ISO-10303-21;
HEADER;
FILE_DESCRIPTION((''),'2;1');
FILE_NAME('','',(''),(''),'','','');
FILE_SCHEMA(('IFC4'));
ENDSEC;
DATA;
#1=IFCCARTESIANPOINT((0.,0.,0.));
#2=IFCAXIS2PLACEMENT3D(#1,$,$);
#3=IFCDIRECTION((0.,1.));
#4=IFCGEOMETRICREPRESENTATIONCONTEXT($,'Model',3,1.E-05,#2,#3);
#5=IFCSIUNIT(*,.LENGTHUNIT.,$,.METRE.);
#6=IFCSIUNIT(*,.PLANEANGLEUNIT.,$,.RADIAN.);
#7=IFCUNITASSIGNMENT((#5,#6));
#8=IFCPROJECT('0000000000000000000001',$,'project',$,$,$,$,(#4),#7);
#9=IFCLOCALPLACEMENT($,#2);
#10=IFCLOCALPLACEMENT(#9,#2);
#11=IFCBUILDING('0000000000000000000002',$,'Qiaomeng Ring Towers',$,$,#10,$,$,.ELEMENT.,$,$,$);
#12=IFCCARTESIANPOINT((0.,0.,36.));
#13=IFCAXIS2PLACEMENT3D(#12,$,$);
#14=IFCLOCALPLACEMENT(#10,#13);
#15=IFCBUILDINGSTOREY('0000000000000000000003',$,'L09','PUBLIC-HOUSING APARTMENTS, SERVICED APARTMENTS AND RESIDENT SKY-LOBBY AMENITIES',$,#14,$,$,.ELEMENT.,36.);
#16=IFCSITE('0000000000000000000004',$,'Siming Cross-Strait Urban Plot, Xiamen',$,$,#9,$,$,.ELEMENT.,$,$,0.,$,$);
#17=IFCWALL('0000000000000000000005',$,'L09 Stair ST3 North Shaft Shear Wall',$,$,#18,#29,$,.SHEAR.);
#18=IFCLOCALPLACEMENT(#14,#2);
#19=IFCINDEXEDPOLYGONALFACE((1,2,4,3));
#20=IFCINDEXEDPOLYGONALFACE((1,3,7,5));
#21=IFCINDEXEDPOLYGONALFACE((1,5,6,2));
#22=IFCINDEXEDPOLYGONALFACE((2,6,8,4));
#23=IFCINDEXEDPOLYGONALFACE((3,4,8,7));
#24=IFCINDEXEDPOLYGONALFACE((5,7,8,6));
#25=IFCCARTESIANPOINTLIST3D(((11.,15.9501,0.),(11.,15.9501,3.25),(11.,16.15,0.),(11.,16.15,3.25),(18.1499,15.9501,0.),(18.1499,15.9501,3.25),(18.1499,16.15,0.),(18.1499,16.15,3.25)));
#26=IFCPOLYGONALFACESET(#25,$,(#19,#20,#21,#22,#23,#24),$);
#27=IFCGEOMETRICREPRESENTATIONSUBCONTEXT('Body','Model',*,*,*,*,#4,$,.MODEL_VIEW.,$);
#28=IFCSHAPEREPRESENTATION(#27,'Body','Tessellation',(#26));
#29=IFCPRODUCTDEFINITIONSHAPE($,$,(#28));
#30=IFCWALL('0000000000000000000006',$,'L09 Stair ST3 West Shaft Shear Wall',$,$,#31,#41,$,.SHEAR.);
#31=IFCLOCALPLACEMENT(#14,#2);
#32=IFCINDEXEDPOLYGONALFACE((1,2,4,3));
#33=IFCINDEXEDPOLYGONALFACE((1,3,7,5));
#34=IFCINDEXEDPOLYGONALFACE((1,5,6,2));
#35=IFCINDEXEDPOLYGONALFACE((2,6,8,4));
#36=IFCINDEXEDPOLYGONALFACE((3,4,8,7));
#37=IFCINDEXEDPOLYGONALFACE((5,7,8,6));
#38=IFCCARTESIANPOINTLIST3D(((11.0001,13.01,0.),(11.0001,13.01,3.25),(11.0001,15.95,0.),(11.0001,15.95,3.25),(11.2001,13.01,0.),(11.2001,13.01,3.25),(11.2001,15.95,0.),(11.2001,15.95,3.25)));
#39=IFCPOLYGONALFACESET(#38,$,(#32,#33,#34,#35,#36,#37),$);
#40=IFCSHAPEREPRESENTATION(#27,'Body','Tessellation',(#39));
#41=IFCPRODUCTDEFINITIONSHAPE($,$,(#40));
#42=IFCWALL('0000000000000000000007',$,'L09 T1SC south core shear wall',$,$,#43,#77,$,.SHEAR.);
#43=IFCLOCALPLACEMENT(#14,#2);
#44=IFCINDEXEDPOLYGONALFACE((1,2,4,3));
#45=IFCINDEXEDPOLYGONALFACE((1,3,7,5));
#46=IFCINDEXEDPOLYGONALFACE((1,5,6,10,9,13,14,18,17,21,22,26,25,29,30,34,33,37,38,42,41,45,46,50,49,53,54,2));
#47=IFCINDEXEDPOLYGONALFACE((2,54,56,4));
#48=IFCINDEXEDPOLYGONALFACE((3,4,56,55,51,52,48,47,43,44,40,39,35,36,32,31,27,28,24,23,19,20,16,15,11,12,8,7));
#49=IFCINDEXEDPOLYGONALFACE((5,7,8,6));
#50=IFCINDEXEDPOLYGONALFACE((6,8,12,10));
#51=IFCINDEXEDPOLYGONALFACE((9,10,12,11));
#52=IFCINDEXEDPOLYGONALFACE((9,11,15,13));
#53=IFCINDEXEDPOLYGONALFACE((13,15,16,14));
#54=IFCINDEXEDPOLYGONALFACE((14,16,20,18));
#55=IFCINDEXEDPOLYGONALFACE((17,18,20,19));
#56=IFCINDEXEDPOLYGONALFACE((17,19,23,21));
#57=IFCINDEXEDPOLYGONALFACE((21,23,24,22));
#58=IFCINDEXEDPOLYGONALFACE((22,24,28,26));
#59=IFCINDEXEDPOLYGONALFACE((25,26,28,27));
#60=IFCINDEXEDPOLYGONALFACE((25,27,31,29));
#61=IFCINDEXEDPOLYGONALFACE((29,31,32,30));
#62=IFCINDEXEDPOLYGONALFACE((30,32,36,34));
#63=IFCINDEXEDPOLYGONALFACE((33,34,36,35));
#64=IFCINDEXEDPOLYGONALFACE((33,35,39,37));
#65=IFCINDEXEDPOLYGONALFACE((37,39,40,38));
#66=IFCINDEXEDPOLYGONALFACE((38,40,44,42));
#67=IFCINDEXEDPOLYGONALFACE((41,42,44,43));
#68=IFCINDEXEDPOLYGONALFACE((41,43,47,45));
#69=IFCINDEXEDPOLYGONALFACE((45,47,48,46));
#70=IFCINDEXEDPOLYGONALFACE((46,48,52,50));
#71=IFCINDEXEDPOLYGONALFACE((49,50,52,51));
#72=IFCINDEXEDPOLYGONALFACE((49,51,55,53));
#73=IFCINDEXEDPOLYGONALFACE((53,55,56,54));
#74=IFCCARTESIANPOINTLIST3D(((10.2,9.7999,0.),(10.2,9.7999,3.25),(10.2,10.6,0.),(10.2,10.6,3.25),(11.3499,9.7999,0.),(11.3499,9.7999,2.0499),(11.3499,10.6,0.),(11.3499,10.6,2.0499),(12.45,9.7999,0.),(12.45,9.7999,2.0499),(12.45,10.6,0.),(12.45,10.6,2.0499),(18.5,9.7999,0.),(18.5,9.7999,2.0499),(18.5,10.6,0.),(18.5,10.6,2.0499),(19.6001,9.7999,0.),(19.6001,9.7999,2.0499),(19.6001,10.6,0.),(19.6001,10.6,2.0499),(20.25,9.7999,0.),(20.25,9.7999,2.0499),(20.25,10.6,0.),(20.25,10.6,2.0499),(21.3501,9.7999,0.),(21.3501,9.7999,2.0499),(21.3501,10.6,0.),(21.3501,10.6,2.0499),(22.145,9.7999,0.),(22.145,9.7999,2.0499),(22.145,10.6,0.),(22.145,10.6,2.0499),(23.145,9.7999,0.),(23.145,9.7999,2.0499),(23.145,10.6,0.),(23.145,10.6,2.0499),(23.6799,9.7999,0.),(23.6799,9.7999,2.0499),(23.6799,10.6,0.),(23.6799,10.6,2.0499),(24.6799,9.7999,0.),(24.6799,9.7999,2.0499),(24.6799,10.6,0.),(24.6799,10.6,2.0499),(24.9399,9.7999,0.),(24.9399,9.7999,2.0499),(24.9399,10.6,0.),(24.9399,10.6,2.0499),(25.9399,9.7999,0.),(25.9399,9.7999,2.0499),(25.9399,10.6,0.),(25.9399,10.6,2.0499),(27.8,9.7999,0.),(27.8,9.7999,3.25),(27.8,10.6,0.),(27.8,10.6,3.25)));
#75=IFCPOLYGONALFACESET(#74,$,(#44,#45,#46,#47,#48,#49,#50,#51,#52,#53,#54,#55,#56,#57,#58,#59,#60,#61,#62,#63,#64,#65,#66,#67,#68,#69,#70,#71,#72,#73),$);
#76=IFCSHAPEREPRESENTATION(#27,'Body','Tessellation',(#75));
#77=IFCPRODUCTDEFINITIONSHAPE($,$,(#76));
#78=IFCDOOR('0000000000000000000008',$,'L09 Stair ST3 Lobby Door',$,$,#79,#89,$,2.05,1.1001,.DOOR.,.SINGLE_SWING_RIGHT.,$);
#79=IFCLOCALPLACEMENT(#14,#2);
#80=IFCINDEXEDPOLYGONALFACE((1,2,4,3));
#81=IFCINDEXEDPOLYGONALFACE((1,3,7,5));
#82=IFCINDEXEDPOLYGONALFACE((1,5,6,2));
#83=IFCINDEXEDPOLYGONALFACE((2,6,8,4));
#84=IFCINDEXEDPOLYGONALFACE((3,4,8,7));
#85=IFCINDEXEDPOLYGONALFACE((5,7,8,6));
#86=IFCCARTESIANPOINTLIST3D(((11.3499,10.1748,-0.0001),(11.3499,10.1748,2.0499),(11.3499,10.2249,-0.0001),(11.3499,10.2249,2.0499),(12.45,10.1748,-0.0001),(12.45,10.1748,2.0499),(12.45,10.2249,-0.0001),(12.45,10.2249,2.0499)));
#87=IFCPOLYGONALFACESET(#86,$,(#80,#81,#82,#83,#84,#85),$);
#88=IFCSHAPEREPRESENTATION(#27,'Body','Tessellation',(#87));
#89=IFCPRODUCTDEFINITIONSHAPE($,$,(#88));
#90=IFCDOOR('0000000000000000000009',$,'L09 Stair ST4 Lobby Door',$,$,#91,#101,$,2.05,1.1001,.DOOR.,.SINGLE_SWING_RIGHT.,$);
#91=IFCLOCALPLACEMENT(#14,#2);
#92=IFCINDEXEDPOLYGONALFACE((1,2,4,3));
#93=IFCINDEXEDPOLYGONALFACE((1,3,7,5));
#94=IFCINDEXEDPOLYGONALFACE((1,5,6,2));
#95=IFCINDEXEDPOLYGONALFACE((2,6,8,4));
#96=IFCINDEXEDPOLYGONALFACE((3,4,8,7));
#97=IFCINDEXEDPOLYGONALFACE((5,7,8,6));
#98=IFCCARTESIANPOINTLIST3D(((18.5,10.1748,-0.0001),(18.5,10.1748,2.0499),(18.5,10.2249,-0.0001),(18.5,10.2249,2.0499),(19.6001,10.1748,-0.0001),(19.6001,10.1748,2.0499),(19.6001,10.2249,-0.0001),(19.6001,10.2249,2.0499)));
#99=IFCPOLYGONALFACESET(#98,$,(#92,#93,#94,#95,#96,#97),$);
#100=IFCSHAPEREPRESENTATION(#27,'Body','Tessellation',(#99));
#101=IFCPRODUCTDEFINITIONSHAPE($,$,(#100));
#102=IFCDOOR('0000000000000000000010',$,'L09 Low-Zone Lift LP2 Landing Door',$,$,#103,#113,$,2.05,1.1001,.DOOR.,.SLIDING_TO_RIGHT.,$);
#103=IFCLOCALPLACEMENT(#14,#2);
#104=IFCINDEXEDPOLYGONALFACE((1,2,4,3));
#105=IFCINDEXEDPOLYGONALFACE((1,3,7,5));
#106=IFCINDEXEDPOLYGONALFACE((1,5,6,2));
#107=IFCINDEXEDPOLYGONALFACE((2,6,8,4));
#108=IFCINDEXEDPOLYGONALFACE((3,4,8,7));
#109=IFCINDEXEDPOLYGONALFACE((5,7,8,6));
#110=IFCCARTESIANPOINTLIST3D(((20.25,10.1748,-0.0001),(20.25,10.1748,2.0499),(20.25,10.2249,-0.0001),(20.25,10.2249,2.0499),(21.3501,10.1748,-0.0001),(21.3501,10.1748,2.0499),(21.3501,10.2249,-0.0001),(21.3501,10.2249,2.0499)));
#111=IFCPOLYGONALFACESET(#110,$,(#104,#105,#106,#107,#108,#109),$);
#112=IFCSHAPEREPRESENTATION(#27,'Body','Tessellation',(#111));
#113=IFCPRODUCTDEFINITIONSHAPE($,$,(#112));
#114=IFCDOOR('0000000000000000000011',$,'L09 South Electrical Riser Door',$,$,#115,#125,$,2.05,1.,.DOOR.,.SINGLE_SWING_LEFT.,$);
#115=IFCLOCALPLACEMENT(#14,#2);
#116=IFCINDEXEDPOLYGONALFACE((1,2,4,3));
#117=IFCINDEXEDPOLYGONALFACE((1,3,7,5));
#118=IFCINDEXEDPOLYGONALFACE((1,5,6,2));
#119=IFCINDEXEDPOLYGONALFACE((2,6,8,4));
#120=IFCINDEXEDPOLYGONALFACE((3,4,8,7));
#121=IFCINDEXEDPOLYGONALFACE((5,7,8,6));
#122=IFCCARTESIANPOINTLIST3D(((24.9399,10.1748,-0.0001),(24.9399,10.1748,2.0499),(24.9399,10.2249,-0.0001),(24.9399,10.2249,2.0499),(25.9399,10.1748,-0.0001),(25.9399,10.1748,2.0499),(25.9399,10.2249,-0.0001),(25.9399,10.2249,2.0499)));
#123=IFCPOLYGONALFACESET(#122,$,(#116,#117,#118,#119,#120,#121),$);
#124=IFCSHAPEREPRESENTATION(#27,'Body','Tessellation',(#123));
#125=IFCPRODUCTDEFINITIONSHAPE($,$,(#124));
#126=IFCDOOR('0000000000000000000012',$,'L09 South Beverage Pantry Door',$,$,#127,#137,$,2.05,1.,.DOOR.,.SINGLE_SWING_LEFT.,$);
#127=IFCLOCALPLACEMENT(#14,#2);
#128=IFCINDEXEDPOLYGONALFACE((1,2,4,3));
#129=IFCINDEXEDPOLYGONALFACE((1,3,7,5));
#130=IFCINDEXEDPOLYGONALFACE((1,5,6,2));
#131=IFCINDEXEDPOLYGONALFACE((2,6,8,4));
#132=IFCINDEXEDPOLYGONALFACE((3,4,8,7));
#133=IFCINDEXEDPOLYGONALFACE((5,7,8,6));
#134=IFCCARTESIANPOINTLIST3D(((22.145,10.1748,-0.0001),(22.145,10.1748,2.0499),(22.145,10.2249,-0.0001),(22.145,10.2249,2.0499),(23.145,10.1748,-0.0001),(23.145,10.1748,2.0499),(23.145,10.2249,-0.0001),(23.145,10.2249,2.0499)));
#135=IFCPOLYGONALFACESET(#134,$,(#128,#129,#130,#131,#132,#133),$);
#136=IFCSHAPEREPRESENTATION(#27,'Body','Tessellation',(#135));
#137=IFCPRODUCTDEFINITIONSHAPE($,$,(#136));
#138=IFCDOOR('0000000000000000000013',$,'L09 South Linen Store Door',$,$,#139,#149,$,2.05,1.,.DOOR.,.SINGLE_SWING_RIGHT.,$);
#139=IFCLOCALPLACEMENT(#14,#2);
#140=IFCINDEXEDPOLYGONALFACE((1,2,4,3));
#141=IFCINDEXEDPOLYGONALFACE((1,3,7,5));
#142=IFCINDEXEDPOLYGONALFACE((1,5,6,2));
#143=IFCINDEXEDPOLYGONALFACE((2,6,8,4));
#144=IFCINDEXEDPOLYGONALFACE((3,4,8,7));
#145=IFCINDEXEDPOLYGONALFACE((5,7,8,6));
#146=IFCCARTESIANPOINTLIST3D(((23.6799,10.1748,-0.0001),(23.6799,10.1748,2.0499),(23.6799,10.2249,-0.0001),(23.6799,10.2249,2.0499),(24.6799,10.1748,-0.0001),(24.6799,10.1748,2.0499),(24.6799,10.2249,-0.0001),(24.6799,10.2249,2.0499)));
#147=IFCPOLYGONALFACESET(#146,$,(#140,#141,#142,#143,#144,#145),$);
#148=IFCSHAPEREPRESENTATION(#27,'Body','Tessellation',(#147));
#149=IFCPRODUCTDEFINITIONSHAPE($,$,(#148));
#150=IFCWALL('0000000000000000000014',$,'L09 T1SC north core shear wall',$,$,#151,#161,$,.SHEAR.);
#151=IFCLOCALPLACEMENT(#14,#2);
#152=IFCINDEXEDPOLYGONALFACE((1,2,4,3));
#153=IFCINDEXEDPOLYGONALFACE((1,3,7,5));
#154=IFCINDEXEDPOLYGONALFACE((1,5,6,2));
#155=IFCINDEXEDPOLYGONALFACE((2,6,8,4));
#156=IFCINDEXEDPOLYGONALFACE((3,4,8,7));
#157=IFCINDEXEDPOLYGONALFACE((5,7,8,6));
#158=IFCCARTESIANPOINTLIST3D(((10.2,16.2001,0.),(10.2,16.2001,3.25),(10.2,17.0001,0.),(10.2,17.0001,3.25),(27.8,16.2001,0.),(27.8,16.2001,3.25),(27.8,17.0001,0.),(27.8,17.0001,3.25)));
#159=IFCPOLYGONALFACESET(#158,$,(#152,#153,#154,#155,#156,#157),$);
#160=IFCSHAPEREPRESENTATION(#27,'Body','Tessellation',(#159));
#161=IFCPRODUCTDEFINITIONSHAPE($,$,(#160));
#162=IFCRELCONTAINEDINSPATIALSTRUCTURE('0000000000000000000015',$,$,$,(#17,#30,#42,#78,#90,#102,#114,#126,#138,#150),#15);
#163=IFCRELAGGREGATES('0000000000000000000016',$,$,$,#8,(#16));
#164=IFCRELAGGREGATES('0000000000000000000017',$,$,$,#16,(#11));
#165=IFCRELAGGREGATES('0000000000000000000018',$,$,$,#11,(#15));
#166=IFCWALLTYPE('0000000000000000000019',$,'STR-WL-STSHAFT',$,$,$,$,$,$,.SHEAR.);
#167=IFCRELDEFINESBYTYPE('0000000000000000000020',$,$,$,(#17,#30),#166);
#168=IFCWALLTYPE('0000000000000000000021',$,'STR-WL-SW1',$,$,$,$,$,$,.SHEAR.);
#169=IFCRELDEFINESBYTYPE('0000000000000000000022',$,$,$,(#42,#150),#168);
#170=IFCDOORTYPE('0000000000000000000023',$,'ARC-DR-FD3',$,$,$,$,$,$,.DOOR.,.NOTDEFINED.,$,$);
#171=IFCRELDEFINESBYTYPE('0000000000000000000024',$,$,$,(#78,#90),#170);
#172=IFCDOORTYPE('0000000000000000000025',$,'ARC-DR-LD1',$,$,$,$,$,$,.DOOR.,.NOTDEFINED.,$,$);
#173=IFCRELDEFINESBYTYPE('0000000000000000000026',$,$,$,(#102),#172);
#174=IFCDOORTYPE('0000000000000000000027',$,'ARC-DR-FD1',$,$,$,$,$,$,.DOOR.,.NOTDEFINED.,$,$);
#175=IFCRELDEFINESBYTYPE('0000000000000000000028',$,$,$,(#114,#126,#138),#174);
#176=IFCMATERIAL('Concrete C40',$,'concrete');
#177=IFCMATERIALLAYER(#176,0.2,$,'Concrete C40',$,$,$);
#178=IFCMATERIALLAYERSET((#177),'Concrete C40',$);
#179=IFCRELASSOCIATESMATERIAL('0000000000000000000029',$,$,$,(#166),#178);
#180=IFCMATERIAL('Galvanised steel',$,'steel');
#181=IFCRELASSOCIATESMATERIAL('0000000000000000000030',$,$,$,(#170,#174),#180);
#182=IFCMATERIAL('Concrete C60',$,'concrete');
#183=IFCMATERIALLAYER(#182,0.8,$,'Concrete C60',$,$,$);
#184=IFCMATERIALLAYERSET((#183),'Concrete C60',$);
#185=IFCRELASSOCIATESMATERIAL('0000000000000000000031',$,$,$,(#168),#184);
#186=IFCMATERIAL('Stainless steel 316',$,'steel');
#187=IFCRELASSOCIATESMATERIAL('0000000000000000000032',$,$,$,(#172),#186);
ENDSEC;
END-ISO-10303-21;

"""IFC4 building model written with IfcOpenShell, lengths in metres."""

from ifc_helpers import new_model, si_unit, direction, frame, frame_2d, origin, place, context, subcontext, project, spatial, rectangle, extrude, source, transform, mapped, material, layer, layer_set, type_object, element, fill, save


model = new_model("IFC4")

# Units and contexts
model_context = context("Model", 3, precision=1e-05, world=origin(), true_north=direction((0.0, 1.0)))
body_context = subcontext(model_context, "Body", "Model", "MODEL_VIEW")
ifc_project = project(units=[si_unit("LENGTHUNIT", "METRE"), si_unit("PLANEANGLEUNIT", "RADIAN")], contexts=[model_context])

# Site, building, storey
site_placement = place(None, origin())
site = spatial("IfcSite", under=ifc_project, at=site_placement, Name="Siming Cross-Strait Urban Plot, Xiamen", CompositionType="ELEMENT", RefElevation=0.0)
building_placement = place(site_placement, origin())
building = spatial("IfcBuilding", under=site, at=building_placement, Name="Qiaomeng Ring Towers", CompositionType="ELEMENT")
storey_placement = place(building_placement, frame((0.0, 0.0, 36.0)))
storey = spatial("IfcBuildingStorey", under=building, at=storey_placement, Name="L09", Description="PUBLIC-HOUSING APARTMENTS, SERVICED APARTMENTS AND RESIDENT SKY-LOBBY AMENITIES", CompositionType="ELEMENT", Elevation=36.0)

# Shared definitions
shared_shape_1 = source(origin(), body_context, "Body", "SweptSolid", [
    extrude(rectangle(XDim=1.0, YDim=2.05, at=frame_2d((0.5, 1.0249))), frame((0.0, 0.0249, 0.0), z_axis=(0.0, -1.0, 0.0), x_axis=(1.0, 0.0, 0.0)), (0.0, 0.0, 1.0), 0.05),
])

# Shared definitions
ifc_material_1 = material(Name="Concrete C40", Category="concrete")
ifc_layer_1 = layer(ifc_material_1, 0.2, Name="Concrete C40")
ifc_layer_set_1 = layer_set([ifc_layer_1], Name="Concrete C40")
wall_type_1 = type_object("IfcWallType", Name="STR-WL-STSHAFT", PredefinedType="SHEAR", material=ifc_layer_set_1)
ifc_material_2 = material(Name="Galvanised steel", Category="steel")
door_type_1 = type_object("IfcDoorType", Name="ARC-DR-FD3", OperationType="NOTDEFINED", PredefinedType="DOOR", material=ifc_material_2)
shared_shape_2 = source(origin(), body_context, "Body", "SweptSolid", [
    extrude(rectangle(XDim=1.1001, YDim=2.05, at=frame_2d((0.55, 1.0249))), frame((0.0, 0.0249, 0.0), z_axis=(0.0, -1.0, 0.0), x_axis=(1.0, 0.0, 0.0)), (0.0, 0.0, 1.0), 0.05),
])

# Walls
wall_1_placement = place(storey_placement, frame((11.0, 16.05, 0.0), z_axis=(0.0, 0.0, 1.0), x_axis=(1.0, 0.0, 0.0)))
element("IfcWall", 1, at=wall_1_placement, inside=storey, type_object=wall_type_1, Name="L09 Stair ST3 North Shaft Shear Wall", PredefinedType="SHEAR", context=body_context, shape_type="SweptSolid", body=[
    extrude(rectangle(XDim=7.1499, YDim=0.2, at=frame_2d((3.575, 0.0))), origin(), (0.0, 0.0, 1.0), 3.25),
])
wall_2_placement = place(storey_placement, frame((11.1001, 13.01, 0.0), z_axis=(0.0, 0.0, 1.0), x_axis=(0.0, 1.0, 0.0)))
element("IfcWall", 2, at=wall_2_placement, inside=storey, type_object=wall_type_1, Name="L09 Stair ST3 West Shaft Shear Wall", PredefinedType="SHEAR", context=body_context, shape_type="SweptSolid", body=[
    extrude(rectangle(XDim=2.9399, YDim=0.2, at=frame_2d((1.47, 0.0))), origin(), (0.0, 0.0, 1.0), 3.25),
])

# Wall, openings, doors
ifc_material_3 = material(Name="Concrete C60", Category="concrete")
ifc_layer_2 = layer(ifc_material_3, 0.8, Name="Concrete C60")
ifc_layer_set_2 = layer_set([ifc_layer_2], Name="Concrete C60")
wall_type_2 = type_object("IfcWallType", Name="STR-WL-SW1", PredefinedType="SHEAR", material=ifc_layer_set_2)
wall_3_placement = place(storey_placement, frame((10.2, 10.2, 0.0), z_axis=(0.0, 0.0, 1.0), x_axis=(1.0, 0.0, 0.0)))
wall_3 = element("IfcWall", 3, at=wall_3_placement, inside=storey, type_object=wall_type_2, Name="L09 T1SC south core shear wall", PredefinedType="SHEAR", context=body_context, shape_type="SweptSolid", body=[
    extrude(rectangle(XDim=17.6001, YDim=0.8, at=frame_2d((8.8, 0.0))), origin(), (0.0, 0.0, 1.0), 3.25),
])
opening_1_placement = place(wall_3_placement, frame((1.1499, 0.0, 0.0)))
opening_1 = element("IfcOpeningElement", 4, at=opening_1_placement, cuts=wall_3, PredefinedType="OPENING", context=body_context, shape_type="SweptSolid", body=[
    extrude(rectangle(XDim=1.1001, YDim=2.05, at=frame_2d((0.55, 1.0249))), frame((0.0, 0.4099, 0.0), z_axis=(0.0, -1.0, 0.0), x_axis=(1.0, 0.0, 0.0)), (0.0, 0.0, 1.0), 0.8201),
])
opening_2_placement = place(wall_3_placement, frame((8.3, 0.0, 0.0)))
opening_2 = element("IfcOpeningElement", 5, at=opening_2_placement, cuts=wall_3, PredefinedType="OPENING", context=body_context, shape_type="SweptSolid", body=[
    extrude(rectangle(XDim=1.1001, YDim=2.05, at=frame_2d((0.55, 1.0249))), frame((0.0, 0.4099, 0.0), z_axis=(0.0, -1.0, 0.0), x_axis=(1.0, 0.0, 0.0)), (0.0, 0.0, 1.0), 0.8201),
])
opening_3_placement = place(wall_3_placement, frame((10.05, 0.0, 0.0)))
opening_3 = element("IfcOpeningElement", 6, at=opening_3_placement, cuts=wall_3, PredefinedType="OPENING", context=body_context, shape_type="SweptSolid", body=[
    extrude(rectangle(XDim=1.1001, YDim=2.05, at=frame_2d((0.55, 1.0249))), frame((0.0, 0.4099, 0.0), z_axis=(0.0, -1.0, 0.0), x_axis=(1.0, 0.0, 0.0)), (0.0, 0.0, 1.0), 0.8201),
])
opening_4_placement = place(wall_3_placement, frame((14.74, 0.0, 0.0)))
opening_4 = element("IfcOpeningElement", 7, at=opening_4_placement, cuts=wall_3, PredefinedType="OPENING", context=body_context, shape_type="SweptSolid", body=[
    extrude(rectangle(XDim=1.0, YDim=2.05, at=frame_2d((0.5, 1.0249))), frame((0.0, 0.4099, 0.0), z_axis=(0.0, -1.0, 0.0), x_axis=(1.0, 0.0, 0.0)), (0.0, 0.0, 1.0), 0.8201),
])
opening_5_placement = place(wall_3_placement, frame((11.9451, 0.0, 0.0)))
opening_5 = element("IfcOpeningElement", 8, at=opening_5_placement, cuts=wall_3, PredefinedType="OPENING", context=body_context, shape_type="SweptSolid", body=[
    extrude(rectangle(XDim=1.0, YDim=2.05, at=frame_2d((0.5, 1.0249))), frame((0.0, 0.4099, 0.0), z_axis=(0.0, -1.0, 0.0), x_axis=(1.0, 0.0, 0.0)), (0.0, 0.0, 1.0), 0.8201),
])
opening_6_placement = place(wall_3_placement, frame((13.48, 0.0, 0.0)))
opening_6 = element("IfcOpeningElement", 9, at=opening_6_placement, cuts=wall_3, PredefinedType="OPENING", context=body_context, shape_type="SweptSolid", body=[
    extrude(rectangle(XDim=1.0, YDim=2.05, at=frame_2d((0.5, 1.0249))), frame((0.0, 0.4099, 0.0), z_axis=(0.0, -1.0, 0.0), x_axis=(1.0, 0.0, 0.0)), (0.0, 0.0, 1.0), 0.8201),
])
door_1_placement = place(opening_1_placement, origin())
door_1 = element("IfcDoor", 10, at=door_1_placement, inside=storey, type_object=door_type_1, Name="L09 Stair ST3 Lobby Door", OperationType="SINGLE_SWING_RIGHT", OverallHeight=2.05, OverallWidth=1.1001, PredefinedType="DOOR", context=body_context, shape_type="MappedRepresentation", body=[
    mapped(shared_shape_2, transform((0.0, 0.0, 0.0), x_axis=(1.0, 0.0, 0.0), y_axis=(0.0, 1.0, 0.0), z_axis=(0.0, 0.0, 1.0), scale=1.0)),
])
fill(opening_1, door_1)
door_2_placement = place(opening_2_placement, origin())
door_2 = element("IfcDoor", 11, at=door_2_placement, inside=storey, type_object=door_type_1, Name="L09 Stair ST4 Lobby Door", OperationType="SINGLE_SWING_RIGHT", OverallHeight=2.05, OverallWidth=1.1001, PredefinedType="DOOR", context=body_context, shape_type="MappedRepresentation", body=[
    mapped(shared_shape_2, transform((0.0, 0.0, 0.0), x_axis=(1.0, 0.0, 0.0), y_axis=(0.0, 1.0, 0.0), z_axis=(0.0, 0.0, 1.0), scale=1.0)),
])
fill(opening_2, door_2)
ifc_material_4 = material(Name="Stainless steel 316", Category="steel")
door_type_2 = type_object("IfcDoorType", Name="ARC-DR-LD1", OperationType="NOTDEFINED", PredefinedType="DOOR", material=ifc_material_4)
door_3_placement = place(opening_3_placement, origin())
door_3 = element("IfcDoor", 12, at=door_3_placement, inside=storey, type_object=door_type_2, Name="L09 Low-Zone Lift LP2 Landing Door", OperationType="SLIDING_TO_RIGHT", OverallHeight=2.05, OverallWidth=1.1001, PredefinedType="DOOR", context=body_context, shape_type="MappedRepresentation", body=[
    mapped(shared_shape_2, transform((0.0, 0.0, 0.0), x_axis=(1.0, 0.0, 0.0), y_axis=(0.0, 1.0, 0.0), z_axis=(0.0, 0.0, 1.0), scale=1.0)),
])
fill(opening_3, door_3)
door_type_3 = type_object("IfcDoorType", Name="ARC-DR-FD1", OperationType="NOTDEFINED", PredefinedType="DOOR", material=ifc_material_2)
door_4_placement = place(opening_4_placement, origin())
door_4 = element("IfcDoor", 13, at=door_4_placement, inside=storey, type_object=door_type_3, Name="L09 South Electrical Riser Door", OperationType="SINGLE_SWING_LEFT", OverallHeight=2.05, OverallWidth=1.0, PredefinedType="DOOR", context=body_context, shape_type="MappedRepresentation", body=[
    mapped(shared_shape_1, transform((0.0, 0.0, 0.0), x_axis=(1.0, 0.0, 0.0), y_axis=(0.0, 1.0, 0.0), z_axis=(0.0, 0.0, 1.0), scale=1.0)),
])
fill(opening_4, door_4)
door_5_placement = place(opening_5_placement, origin())
door_5 = element("IfcDoor", 14, at=door_5_placement, inside=storey, type_object=door_type_3, Name="L09 South Beverage Pantry Door", OperationType="SINGLE_SWING_LEFT", OverallHeight=2.05, OverallWidth=1.0, PredefinedType="DOOR", context=body_context, shape_type="MappedRepresentation", body=[
    mapped(shared_shape_1, transform((0.0, 0.0, 0.0), x_axis=(1.0, 0.0, 0.0), y_axis=(0.0, 1.0, 0.0), z_axis=(0.0, 0.0, 1.0), scale=1.0)),
])
fill(opening_5, door_5)
door_6_placement = place(opening_6_placement, origin())
door_6 = element("IfcDoor", 15, at=door_6_placement, inside=storey, type_object=door_type_3, Name="L09 South Linen Store Door", OperationType="SINGLE_SWING_RIGHT", OverallHeight=2.05, OverallWidth=1.0, PredefinedType="DOOR", context=body_context, shape_type="MappedRepresentation", body=[
    mapped(shared_shape_1, transform((0.0, 0.0, 0.0), x_axis=(1.0, 0.0, 0.0), y_axis=(0.0, 1.0, 0.0), z_axis=(0.0, 0.0, 1.0), scale=1.0)),
])
fill(opening_6, door_6)

# Wall
wall_4_placement = place(storey_placement, frame((10.2, 16.6001, 0.0), z_axis=(0.0, 0.0, 1.0), x_axis=(1.0, 0.0, 0.0)))
element("IfcWall", 16, at=wall_4_placement, inside=storey, type_object=wall_type_2, Name="L09 T1SC north core shear wall", PredefinedType="SHEAR", context=body_context, shape_type="SweptSolid", body=[
    extrude(rectangle(XDim=17.6001, YDim=0.8, at=frame_2d((8.8, 0.0))), origin(), (0.0, 0.0, 1.0), 3.25),
])

save(model, "model.ifc")
